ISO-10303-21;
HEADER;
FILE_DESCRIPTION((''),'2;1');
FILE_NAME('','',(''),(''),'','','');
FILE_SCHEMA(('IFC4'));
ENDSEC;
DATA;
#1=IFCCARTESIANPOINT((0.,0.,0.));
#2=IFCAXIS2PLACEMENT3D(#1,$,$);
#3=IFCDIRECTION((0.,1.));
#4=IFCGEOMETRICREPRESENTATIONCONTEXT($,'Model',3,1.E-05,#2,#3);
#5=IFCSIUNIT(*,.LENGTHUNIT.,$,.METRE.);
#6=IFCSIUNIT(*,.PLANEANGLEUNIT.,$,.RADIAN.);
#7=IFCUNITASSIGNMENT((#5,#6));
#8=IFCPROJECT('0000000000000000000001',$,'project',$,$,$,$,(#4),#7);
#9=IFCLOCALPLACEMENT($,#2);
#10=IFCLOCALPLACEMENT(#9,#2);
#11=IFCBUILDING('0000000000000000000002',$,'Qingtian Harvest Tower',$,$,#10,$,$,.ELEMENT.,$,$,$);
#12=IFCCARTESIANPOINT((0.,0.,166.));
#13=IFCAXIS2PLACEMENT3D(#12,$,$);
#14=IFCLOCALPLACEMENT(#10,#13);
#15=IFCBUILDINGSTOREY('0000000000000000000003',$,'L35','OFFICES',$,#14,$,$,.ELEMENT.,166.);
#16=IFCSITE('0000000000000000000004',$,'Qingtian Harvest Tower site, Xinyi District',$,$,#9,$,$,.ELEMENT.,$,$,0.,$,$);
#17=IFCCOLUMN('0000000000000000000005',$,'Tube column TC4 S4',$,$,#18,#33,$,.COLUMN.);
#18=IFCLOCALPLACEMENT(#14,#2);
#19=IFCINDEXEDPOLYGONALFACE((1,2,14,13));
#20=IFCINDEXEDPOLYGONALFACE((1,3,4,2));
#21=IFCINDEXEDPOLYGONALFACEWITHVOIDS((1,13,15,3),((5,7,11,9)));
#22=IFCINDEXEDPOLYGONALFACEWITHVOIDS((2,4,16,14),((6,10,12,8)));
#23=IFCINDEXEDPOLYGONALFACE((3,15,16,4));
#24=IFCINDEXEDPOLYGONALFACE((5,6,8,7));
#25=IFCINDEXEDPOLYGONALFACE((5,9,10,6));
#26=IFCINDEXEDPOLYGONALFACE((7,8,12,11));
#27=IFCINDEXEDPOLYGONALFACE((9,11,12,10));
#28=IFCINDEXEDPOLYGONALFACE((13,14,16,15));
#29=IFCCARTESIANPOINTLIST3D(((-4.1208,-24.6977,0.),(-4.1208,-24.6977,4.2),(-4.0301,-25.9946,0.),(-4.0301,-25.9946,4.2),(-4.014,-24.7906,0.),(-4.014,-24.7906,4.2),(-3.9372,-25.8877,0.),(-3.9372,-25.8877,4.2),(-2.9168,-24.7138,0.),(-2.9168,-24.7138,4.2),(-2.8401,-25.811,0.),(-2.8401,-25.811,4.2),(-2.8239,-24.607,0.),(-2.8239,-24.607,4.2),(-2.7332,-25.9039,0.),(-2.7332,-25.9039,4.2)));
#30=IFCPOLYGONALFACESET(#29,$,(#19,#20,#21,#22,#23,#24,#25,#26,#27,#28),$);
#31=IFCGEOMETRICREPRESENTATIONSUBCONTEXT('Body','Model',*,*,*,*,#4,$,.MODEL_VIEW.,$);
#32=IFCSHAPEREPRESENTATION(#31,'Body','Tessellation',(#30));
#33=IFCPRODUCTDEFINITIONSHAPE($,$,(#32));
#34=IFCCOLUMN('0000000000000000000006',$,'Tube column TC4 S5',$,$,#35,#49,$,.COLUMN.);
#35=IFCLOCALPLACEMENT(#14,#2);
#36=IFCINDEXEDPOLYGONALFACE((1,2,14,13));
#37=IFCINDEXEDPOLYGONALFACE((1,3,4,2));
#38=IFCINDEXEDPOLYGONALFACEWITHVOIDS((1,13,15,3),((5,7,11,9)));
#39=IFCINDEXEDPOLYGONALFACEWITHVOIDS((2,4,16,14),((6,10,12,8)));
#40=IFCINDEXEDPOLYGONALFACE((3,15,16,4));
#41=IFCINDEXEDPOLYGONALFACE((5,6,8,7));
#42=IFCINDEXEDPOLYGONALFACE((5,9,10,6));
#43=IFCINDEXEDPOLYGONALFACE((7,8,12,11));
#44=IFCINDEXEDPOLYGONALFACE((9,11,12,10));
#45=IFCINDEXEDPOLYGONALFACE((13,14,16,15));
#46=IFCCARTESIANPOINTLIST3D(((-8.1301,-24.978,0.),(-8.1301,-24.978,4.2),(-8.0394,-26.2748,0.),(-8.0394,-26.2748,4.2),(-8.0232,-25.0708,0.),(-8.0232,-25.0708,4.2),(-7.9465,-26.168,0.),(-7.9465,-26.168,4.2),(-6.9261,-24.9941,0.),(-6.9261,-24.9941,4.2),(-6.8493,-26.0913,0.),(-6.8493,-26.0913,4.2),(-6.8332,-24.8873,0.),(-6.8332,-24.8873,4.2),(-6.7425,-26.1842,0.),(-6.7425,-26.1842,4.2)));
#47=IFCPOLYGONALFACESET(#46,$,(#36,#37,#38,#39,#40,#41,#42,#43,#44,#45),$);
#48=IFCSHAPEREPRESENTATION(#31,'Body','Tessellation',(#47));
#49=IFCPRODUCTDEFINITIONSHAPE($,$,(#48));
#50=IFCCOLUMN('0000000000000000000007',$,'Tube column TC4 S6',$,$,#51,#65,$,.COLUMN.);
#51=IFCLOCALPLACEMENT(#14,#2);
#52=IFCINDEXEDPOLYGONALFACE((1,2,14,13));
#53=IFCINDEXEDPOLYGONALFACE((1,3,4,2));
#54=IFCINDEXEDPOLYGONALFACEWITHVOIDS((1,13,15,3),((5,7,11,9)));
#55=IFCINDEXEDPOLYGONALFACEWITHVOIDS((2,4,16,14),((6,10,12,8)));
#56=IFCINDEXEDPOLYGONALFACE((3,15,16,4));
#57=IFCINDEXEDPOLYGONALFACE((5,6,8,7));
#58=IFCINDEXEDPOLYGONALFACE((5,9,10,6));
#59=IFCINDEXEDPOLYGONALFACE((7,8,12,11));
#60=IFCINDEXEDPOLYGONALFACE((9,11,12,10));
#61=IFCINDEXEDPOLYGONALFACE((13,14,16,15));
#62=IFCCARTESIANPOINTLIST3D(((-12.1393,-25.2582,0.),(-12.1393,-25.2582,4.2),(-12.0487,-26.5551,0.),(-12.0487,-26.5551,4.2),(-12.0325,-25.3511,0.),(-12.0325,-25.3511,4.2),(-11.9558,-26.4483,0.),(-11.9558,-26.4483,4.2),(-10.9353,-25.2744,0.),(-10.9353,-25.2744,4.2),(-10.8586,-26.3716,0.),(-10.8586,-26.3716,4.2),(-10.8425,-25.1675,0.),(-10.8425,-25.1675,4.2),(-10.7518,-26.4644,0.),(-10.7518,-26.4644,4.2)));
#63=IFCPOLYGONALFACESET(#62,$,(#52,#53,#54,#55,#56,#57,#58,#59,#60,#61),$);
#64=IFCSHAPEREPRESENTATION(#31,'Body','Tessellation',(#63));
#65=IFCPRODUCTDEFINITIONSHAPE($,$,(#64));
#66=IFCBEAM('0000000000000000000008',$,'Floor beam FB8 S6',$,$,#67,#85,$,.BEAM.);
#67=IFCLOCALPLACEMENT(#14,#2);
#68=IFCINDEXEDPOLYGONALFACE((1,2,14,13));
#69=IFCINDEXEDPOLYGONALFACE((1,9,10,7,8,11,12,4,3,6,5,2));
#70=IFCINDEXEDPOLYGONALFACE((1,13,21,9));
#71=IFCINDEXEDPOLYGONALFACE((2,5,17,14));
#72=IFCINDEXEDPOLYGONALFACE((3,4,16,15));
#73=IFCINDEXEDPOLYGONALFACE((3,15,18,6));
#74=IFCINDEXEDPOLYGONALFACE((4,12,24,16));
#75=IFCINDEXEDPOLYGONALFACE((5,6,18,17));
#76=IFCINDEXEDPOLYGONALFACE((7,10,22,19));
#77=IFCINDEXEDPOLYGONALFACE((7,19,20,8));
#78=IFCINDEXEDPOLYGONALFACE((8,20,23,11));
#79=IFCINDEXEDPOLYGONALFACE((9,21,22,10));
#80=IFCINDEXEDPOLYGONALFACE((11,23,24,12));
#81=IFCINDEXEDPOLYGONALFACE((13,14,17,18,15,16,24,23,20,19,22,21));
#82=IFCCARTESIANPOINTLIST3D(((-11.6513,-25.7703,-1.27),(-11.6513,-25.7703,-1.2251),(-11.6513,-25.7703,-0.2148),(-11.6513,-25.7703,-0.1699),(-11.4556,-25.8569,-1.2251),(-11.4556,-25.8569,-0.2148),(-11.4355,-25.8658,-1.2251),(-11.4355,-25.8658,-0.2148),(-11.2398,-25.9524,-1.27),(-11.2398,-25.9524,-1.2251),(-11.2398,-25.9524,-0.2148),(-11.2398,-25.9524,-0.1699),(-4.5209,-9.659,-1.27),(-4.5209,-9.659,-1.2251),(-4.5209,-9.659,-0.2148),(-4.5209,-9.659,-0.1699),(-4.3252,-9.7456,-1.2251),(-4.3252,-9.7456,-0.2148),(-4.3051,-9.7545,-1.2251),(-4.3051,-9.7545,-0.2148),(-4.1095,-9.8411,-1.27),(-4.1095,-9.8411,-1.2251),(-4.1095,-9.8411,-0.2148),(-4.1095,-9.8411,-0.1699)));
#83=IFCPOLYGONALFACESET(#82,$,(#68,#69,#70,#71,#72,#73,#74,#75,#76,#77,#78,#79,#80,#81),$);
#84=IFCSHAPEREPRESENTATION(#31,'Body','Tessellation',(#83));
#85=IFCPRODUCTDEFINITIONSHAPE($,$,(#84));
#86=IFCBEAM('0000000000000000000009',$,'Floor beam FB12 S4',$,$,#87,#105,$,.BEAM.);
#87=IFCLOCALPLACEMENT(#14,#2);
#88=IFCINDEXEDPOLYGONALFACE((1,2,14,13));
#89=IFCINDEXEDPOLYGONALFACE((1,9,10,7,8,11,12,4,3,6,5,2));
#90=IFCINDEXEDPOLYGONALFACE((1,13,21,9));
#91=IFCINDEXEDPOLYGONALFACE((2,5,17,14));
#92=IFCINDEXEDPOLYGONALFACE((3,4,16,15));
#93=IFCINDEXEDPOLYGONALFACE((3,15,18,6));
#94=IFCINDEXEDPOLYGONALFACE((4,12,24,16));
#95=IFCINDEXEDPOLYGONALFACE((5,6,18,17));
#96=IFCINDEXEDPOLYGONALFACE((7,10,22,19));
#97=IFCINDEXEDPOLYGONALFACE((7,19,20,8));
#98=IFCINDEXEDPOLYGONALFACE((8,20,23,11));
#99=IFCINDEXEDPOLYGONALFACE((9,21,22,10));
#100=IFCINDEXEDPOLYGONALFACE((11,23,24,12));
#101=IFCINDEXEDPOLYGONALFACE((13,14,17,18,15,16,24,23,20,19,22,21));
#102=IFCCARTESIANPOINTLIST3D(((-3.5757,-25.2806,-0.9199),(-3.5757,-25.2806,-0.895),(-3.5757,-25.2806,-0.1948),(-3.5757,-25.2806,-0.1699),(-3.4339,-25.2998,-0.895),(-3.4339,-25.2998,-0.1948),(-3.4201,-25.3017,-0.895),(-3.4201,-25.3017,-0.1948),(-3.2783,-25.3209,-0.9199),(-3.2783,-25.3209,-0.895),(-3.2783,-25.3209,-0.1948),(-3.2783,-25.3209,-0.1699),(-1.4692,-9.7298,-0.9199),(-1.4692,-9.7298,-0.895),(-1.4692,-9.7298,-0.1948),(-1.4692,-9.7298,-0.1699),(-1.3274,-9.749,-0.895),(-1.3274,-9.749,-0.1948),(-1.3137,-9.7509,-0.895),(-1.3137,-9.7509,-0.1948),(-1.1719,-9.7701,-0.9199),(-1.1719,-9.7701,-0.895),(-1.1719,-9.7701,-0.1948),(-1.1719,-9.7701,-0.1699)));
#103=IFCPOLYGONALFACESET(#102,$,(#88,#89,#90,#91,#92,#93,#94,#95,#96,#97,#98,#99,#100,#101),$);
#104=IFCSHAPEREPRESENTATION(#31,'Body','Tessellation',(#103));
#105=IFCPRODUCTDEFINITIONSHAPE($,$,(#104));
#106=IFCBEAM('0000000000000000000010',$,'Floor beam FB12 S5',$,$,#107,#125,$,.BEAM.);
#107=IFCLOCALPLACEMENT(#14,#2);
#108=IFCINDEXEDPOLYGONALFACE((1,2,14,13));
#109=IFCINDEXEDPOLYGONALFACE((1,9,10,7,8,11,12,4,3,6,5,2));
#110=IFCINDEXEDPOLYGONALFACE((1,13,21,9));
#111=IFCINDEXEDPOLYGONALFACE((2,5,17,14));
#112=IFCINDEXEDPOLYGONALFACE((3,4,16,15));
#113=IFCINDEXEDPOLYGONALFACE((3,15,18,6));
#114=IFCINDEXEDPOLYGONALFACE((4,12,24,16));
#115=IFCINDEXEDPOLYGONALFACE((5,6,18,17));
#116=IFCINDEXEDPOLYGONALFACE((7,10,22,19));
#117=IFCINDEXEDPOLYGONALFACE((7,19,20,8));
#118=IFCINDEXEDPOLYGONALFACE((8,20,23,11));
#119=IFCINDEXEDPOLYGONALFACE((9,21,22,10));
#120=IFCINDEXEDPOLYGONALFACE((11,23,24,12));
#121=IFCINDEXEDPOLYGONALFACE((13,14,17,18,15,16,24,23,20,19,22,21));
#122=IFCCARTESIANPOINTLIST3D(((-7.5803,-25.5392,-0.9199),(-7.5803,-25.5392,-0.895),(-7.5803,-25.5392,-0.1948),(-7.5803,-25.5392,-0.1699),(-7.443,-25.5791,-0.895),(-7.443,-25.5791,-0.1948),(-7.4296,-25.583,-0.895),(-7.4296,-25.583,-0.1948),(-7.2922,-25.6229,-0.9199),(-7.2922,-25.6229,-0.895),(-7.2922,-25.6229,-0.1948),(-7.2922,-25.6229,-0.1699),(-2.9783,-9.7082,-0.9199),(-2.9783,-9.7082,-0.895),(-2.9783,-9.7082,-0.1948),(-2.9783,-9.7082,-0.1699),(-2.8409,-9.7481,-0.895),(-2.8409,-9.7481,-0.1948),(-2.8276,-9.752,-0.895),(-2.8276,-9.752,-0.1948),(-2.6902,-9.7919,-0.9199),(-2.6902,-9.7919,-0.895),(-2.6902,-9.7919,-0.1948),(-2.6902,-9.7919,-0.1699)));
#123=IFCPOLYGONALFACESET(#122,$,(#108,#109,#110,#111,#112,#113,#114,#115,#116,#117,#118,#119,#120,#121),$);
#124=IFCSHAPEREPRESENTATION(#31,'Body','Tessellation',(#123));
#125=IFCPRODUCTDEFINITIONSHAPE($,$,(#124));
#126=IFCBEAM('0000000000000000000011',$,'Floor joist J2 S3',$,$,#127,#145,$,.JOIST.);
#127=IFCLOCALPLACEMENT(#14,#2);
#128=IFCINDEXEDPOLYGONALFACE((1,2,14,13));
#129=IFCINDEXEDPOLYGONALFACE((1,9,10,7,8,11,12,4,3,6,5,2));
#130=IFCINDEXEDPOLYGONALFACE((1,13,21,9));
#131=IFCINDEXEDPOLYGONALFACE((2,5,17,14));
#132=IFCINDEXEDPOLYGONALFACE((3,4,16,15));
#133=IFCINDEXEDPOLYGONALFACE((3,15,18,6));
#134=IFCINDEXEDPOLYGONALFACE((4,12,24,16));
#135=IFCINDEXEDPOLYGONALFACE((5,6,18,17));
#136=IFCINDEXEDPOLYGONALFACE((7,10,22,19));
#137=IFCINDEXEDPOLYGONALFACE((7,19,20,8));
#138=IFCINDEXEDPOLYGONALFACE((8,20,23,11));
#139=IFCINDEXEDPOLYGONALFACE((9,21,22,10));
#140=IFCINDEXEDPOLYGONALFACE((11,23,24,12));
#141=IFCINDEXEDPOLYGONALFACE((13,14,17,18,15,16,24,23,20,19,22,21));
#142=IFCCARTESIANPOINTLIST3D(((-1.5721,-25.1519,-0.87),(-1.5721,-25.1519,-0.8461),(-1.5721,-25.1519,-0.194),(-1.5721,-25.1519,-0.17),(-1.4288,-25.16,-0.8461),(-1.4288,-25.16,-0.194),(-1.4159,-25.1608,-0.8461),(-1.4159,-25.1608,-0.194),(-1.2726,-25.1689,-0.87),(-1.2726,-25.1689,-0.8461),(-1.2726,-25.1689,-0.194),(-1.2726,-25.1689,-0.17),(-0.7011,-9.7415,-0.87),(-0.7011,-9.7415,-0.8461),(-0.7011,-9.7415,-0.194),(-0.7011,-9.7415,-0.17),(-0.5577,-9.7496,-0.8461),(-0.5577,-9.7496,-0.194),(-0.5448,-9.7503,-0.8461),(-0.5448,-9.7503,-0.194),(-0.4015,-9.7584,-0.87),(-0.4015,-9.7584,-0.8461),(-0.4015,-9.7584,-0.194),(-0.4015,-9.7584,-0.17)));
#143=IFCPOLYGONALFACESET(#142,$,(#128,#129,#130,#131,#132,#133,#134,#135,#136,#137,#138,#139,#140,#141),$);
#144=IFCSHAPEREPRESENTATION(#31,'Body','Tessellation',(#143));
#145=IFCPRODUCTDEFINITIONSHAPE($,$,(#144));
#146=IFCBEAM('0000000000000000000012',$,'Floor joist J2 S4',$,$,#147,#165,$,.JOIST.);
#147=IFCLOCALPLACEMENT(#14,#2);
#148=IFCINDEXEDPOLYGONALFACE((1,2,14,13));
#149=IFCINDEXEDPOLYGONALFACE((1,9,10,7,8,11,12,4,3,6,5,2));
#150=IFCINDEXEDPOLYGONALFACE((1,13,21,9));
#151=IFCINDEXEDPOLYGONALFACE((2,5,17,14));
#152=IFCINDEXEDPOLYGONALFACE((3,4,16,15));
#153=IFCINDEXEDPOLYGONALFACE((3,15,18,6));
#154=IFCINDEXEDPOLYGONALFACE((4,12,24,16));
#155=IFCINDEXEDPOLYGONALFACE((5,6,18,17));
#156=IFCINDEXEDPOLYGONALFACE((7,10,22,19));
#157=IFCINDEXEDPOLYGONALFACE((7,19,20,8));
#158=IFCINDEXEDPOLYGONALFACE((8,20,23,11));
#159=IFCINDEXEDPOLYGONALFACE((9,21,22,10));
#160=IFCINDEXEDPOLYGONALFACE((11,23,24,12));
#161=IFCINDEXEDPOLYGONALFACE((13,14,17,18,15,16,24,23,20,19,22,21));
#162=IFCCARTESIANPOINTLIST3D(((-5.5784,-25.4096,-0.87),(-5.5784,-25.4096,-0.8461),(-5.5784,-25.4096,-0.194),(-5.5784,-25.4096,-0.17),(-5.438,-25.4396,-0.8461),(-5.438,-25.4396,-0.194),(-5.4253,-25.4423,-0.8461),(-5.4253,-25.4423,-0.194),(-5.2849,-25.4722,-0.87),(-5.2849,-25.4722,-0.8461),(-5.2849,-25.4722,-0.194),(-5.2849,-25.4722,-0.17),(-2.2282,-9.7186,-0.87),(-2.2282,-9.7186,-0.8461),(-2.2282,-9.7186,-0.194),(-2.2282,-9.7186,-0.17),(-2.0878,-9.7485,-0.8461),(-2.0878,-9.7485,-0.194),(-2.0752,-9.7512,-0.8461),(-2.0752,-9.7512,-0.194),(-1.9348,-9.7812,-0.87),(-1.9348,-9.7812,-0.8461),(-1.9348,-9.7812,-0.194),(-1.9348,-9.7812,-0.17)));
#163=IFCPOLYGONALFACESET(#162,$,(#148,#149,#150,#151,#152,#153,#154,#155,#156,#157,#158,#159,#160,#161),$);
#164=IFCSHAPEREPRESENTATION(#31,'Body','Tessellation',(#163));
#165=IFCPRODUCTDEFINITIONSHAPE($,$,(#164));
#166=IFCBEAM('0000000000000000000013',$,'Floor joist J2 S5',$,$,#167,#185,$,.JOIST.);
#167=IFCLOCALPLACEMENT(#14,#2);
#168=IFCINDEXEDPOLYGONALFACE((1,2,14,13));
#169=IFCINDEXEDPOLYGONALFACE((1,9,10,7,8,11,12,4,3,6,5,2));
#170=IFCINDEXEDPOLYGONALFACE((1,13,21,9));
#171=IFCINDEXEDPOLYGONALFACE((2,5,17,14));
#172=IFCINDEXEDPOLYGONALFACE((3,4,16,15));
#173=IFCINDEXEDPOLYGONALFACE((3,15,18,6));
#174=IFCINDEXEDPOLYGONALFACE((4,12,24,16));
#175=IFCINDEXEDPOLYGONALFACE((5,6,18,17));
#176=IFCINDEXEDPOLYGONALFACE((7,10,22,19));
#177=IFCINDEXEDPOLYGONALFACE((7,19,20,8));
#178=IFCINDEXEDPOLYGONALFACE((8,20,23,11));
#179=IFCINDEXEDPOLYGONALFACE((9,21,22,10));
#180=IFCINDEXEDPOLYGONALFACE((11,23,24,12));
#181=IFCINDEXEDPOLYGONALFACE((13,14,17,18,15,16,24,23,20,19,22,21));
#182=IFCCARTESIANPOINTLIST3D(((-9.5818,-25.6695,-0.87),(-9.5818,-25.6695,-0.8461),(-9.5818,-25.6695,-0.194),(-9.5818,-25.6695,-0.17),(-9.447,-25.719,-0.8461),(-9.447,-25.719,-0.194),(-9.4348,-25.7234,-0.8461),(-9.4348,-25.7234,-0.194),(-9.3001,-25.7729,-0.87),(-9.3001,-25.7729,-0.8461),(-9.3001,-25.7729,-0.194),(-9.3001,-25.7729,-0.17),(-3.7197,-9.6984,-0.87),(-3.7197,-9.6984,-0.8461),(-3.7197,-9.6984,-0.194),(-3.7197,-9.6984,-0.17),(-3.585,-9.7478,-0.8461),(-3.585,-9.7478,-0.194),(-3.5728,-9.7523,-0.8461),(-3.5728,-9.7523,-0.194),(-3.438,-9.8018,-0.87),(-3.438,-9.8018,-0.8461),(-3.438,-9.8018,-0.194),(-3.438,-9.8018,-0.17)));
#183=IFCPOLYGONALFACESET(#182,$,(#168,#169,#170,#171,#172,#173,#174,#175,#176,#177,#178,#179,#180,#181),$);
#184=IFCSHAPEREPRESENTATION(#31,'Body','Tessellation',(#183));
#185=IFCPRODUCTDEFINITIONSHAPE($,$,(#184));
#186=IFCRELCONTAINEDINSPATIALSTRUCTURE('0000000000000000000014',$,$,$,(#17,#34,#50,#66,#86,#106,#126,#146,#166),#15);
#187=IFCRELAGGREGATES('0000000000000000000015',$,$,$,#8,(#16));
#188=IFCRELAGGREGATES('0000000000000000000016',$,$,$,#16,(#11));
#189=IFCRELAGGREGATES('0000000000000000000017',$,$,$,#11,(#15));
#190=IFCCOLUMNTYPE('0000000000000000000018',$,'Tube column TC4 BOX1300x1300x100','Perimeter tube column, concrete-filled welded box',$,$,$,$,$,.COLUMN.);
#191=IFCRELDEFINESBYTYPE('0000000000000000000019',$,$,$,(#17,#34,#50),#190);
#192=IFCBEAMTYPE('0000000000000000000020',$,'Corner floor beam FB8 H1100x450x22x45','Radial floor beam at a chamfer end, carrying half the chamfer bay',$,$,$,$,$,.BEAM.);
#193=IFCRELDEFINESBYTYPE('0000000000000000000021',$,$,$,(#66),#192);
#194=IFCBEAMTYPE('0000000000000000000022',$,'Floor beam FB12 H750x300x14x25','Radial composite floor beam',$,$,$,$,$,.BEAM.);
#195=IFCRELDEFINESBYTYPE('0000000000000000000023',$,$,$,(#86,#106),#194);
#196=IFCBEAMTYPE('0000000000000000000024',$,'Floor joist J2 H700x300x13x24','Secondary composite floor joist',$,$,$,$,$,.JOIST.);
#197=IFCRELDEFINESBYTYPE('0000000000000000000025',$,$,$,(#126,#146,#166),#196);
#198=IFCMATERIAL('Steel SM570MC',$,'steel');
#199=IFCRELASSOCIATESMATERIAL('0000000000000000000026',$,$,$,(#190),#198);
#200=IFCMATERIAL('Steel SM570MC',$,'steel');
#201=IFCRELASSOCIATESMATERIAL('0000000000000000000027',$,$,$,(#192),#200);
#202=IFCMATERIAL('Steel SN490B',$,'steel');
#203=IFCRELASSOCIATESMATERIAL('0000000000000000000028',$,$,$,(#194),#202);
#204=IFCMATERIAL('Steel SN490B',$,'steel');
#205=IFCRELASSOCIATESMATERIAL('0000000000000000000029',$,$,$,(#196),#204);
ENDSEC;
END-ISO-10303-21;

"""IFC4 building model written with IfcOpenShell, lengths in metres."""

from ifc_helpers import new_model, si_unit, direction, frame, origin, origin_2d, place, context, subcontext, project, spatial, hollow_rectangle, i_section, extrude, material, material_profile, profile_set, type_object, element, save


model = new_model("IFC4")

# Units and contexts
model_context = context("Model", 3, precision=1e-05, world=origin(), true_north=direction((0.0, 1.0)))
body_context = subcontext(model_context, "Body", "Model", "MODEL_VIEW")
ifc_project = project(units=[si_unit("LENGTHUNIT", "METRE"), si_unit("PLANEANGLEUNIT", "RADIAN")], contexts=[model_context])

# Site, building, storey
site_placement = place(None, origin())
site = spatial("IfcSite", under=ifc_project, at=site_placement, Name="Qingtian Harvest Tower site, Xinyi District", CompositionType="ELEMENT", RefElevation=0.0)
building_placement = place(site_placement, origin())
building = spatial("IfcBuilding", under=site, at=building_placement, Name="Qingtian Harvest Tower", CompositionType="ELEMENT")
storey_placement = place(building_placement, frame((0.0, 0.0, 166.0)))
storey = spatial("IfcBuildingStorey", under=building, at=storey_placement, Name="L35", Description="OFFICES", CompositionType="ELEMENT", Elevation=166.0)

# Columns
ifc_material_1 = material(Name="Steel SM570MC", Category="steel")
ifc_material_profile_1 = material_profile(ifc_material_1, hollow_rectangle(XDim=1.3, YDim=1.3, WallThickness=0.1001, at=origin_2d()), Name="BOX1300x1300x100")
ifc_profile_set_1 = profile_set([ifc_material_profile_1], Name="Steel SM570MC")
column_type = type_object("IfcColumnType", Name="Tube column TC4 BOX1300x1300x100", Description="Perimeter tube column, concrete-filled welded box", PredefinedType="COLUMN", material=ifc_profile_set_1)
for number, where, z_axis, x_axis, name in (
    (1, (-3.427, -25.3008, 0.0), (0.0, 0.0, 1.0), (0.997564, 0.069756, 0.0), "Tube column TC4 S4"),
    (2, (-7.4363, -25.5811, 0.0), (0.0, 0.0, 1.0), (0.997564, 0.069756, 0.0), "Tube column TC4 S5"),
    (3, (-11.4456, -25.8613, 0.0), (0.0, 0.0, 1.0), (0.997564, 0.069756, 0.0), "Tube column TC4 S6"),
):
    element("IfcColumn", number, at=place(storey_placement, frame(where, z_axis=z_axis, x_axis=x_axis)), inside=storey, type_object=column_type, Name=name, PredefinedType="COLUMN", context=body_context, shape_type="SweptSolid", body=[
        extrude(hollow_rectangle(XDim=1.3, YDim=1.3, WallThickness=0.1001, at=origin_2d()), origin(), (0.0, 0.0, 1.0), 4.2),
    ])

# Beams
ifc_material_2 = material(Name="Steel SM570MC", Category="steel")
ifc_material_profile_2 = material_profile(ifc_material_2, i_section(OverallWidth=0.45, OverallDepth=1.1001, WebThickness=0.022, FlangeThickness=0.0449, at=origin_2d()), Name="H1100x450x22x45")
ifc_profile_set_2 = profile_set([ifc_material_profile_2], Name="Steel SM570MC")
beam_type_1 = type_object("IfcBeamType", Name="Corner floor beam FB8 H1100x450x22x45", Description="Radial floor beam at a chamfer end, carrying half the chamfer bay", PredefinedType="BEAM", material=ifc_profile_set_2)
beam_1_placement = place(storey_placement, frame((-11.4456, -25.8613, -0.72), z_axis=(0.404706, 0.914447, 0.0), x_axis=(-0.914447, 0.404706, 0.0)))
element("IfcBeam", 4, at=beam_1_placement, inside=storey, type_object=beam_type_1, Name="Floor beam FB8 S6", PredefinedType="BEAM", context=body_context, shape_type="SweptSolid", body=[
    extrude(i_section(OverallWidth=0.45, OverallDepth=1.1001, WebThickness=0.022, FlangeThickness=0.0449, at=origin_2d()), origin(), (0.0, 0.0, 1.0), 17.6187),
])
ifc_material_3 = material(Name="Steel SN490B", Category="steel")
ifc_material_profile_3 = material_profile(ifc_material_3, i_section(OverallWidth=0.3, OverallDepth=0.75, WebThickness=0.0139, FlangeThickness=0.0249, at=origin_2d()), Name="H750x300x14x25")
ifc_profile_set_3 = profile_set([ifc_material_profile_3], Name="Steel SN490B")
beam_type_2 = type_object("IfcBeamType", Name="Floor beam FB12 H750x300x14x25", Description="Radial composite floor beam", PredefinedType="BEAM", material=ifc_profile_set_3)
beam_2_placement = place(storey_placement, frame((-3.427, -25.3008, -0.5449), z_axis=(0.13423, 0.99095, 0.0), x_axis=(-0.99095, 0.13423, 0.0)))
element("IfcBeam", 5, at=beam_2_placement, inside=storey, type_object=beam_type_2, Name="Floor beam FB12 S4", PredefinedType="BEAM", context=body_context, shape_type="SweptSolid", body=[
    extrude(i_section(OverallWidth=0.3, OverallDepth=0.75, WebThickness=0.0139, FlangeThickness=0.0249, at=origin_2d()), origin(), (0.0, 0.0, 1.0), 15.6929),
])
beam_3_placement = place(storey_placement, frame((-7.4363, -25.5811, -0.5449), z_axis=(0.279142, 0.96025, 0.0), x_axis=(-0.96025, 0.279142, 0.0)))
element("IfcBeam", 6, at=beam_3_placement, inside=storey, type_object=beam_type_2, Name="Floor beam FB12 S5", PredefinedType="BEAM", context=body_context, shape_type="SweptSolid", body=[
    extrude(i_section(OverallWidth=0.3, OverallDepth=0.75, WebThickness=0.0139, FlangeThickness=0.0249, at=origin_2d()), origin(), (0.0, 0.0, 1.0), 16.4863),
])
ifc_material_4 = material(Name="Steel SN490B", Category="steel")
ifc_material_profile_4 = material_profile(ifc_material_4, i_section(OverallWidth=0.3, OverallDepth=0.7, WebThickness=0.0129, FlangeThickness=0.0239, at=origin_2d()), Name="H700x300x13x24")
ifc_profile_set_4 = profile_set([ifc_material_profile_4], Name="Steel SN490B")
beam_type_3 = type_object("IfcBeamType", Name="Floor joist J2 H700x300x13x24", Description="Secondary composite floor joist", PredefinedType="JOIST", material=ifc_profile_set_4)
beam_4_placement = place(storey_placement, frame((-1.4224, -25.1604, -0.52), z_axis=(0.056436, 0.998406, 0.0), x_axis=(-0.998406, 0.056436, 0.0)))
element("IfcBeam", 7, at=beam_4_placement, inside=storey, type_object=beam_type_3, Name="Floor joist J2 S3", PredefinedType="JOIST", context=body_context, shape_type="SweptSolid", body=[
    extrude(i_section(OverallWidth=0.3, OverallDepth=0.7, WebThickness=0.0129, FlangeThickness=0.0239, at=origin_2d()), origin(), (0.0, 0.0, 1.0), 15.4351),
])
beam_5_placement = place(storey_placement, frame((-5.4316, -25.4409, -0.52), z_axis=(0.2088, 0.977958, 0.0), x_axis=(-0.977958, 0.2088, 0.0)))
element("IfcBeam", 8, at=beam_5_placement, inside=storey, type_object=beam_type_3, Name="Floor joist J2 S4", PredefinedType="JOIST", context=body_context, shape_type="SweptSolid", body=[
    extrude(i_section(OverallWidth=0.3, OverallDepth=0.7, WebThickness=0.0129, FlangeThickness=0.0239, at=origin_2d()), origin(), (0.0, 0.0, 1.0), 16.0447),
])
beam_6_placement = place(storey_placement, frame((-9.4409, -25.7212, -0.52), z_axis=(0.344563, 0.938763, 0.0), x_axis=(-0.938763, 0.344563, 0.0)))
element("IfcBeam", 9, at=beam_6_placement, inside=storey, type_object=beam_type_3, Name="Floor joist J2 S5", PredefinedType="JOIST", context=body_context, shape_type="SweptSolid", body=[
    extrude(i_section(OverallWidth=0.3, OverallDepth=0.7, WebThickness=0.0129, FlangeThickness=0.0239, at=origin_2d()), origin(), (0.0, 0.0, 1.0), 17.0129),
])

save(model, "model.ifc")
